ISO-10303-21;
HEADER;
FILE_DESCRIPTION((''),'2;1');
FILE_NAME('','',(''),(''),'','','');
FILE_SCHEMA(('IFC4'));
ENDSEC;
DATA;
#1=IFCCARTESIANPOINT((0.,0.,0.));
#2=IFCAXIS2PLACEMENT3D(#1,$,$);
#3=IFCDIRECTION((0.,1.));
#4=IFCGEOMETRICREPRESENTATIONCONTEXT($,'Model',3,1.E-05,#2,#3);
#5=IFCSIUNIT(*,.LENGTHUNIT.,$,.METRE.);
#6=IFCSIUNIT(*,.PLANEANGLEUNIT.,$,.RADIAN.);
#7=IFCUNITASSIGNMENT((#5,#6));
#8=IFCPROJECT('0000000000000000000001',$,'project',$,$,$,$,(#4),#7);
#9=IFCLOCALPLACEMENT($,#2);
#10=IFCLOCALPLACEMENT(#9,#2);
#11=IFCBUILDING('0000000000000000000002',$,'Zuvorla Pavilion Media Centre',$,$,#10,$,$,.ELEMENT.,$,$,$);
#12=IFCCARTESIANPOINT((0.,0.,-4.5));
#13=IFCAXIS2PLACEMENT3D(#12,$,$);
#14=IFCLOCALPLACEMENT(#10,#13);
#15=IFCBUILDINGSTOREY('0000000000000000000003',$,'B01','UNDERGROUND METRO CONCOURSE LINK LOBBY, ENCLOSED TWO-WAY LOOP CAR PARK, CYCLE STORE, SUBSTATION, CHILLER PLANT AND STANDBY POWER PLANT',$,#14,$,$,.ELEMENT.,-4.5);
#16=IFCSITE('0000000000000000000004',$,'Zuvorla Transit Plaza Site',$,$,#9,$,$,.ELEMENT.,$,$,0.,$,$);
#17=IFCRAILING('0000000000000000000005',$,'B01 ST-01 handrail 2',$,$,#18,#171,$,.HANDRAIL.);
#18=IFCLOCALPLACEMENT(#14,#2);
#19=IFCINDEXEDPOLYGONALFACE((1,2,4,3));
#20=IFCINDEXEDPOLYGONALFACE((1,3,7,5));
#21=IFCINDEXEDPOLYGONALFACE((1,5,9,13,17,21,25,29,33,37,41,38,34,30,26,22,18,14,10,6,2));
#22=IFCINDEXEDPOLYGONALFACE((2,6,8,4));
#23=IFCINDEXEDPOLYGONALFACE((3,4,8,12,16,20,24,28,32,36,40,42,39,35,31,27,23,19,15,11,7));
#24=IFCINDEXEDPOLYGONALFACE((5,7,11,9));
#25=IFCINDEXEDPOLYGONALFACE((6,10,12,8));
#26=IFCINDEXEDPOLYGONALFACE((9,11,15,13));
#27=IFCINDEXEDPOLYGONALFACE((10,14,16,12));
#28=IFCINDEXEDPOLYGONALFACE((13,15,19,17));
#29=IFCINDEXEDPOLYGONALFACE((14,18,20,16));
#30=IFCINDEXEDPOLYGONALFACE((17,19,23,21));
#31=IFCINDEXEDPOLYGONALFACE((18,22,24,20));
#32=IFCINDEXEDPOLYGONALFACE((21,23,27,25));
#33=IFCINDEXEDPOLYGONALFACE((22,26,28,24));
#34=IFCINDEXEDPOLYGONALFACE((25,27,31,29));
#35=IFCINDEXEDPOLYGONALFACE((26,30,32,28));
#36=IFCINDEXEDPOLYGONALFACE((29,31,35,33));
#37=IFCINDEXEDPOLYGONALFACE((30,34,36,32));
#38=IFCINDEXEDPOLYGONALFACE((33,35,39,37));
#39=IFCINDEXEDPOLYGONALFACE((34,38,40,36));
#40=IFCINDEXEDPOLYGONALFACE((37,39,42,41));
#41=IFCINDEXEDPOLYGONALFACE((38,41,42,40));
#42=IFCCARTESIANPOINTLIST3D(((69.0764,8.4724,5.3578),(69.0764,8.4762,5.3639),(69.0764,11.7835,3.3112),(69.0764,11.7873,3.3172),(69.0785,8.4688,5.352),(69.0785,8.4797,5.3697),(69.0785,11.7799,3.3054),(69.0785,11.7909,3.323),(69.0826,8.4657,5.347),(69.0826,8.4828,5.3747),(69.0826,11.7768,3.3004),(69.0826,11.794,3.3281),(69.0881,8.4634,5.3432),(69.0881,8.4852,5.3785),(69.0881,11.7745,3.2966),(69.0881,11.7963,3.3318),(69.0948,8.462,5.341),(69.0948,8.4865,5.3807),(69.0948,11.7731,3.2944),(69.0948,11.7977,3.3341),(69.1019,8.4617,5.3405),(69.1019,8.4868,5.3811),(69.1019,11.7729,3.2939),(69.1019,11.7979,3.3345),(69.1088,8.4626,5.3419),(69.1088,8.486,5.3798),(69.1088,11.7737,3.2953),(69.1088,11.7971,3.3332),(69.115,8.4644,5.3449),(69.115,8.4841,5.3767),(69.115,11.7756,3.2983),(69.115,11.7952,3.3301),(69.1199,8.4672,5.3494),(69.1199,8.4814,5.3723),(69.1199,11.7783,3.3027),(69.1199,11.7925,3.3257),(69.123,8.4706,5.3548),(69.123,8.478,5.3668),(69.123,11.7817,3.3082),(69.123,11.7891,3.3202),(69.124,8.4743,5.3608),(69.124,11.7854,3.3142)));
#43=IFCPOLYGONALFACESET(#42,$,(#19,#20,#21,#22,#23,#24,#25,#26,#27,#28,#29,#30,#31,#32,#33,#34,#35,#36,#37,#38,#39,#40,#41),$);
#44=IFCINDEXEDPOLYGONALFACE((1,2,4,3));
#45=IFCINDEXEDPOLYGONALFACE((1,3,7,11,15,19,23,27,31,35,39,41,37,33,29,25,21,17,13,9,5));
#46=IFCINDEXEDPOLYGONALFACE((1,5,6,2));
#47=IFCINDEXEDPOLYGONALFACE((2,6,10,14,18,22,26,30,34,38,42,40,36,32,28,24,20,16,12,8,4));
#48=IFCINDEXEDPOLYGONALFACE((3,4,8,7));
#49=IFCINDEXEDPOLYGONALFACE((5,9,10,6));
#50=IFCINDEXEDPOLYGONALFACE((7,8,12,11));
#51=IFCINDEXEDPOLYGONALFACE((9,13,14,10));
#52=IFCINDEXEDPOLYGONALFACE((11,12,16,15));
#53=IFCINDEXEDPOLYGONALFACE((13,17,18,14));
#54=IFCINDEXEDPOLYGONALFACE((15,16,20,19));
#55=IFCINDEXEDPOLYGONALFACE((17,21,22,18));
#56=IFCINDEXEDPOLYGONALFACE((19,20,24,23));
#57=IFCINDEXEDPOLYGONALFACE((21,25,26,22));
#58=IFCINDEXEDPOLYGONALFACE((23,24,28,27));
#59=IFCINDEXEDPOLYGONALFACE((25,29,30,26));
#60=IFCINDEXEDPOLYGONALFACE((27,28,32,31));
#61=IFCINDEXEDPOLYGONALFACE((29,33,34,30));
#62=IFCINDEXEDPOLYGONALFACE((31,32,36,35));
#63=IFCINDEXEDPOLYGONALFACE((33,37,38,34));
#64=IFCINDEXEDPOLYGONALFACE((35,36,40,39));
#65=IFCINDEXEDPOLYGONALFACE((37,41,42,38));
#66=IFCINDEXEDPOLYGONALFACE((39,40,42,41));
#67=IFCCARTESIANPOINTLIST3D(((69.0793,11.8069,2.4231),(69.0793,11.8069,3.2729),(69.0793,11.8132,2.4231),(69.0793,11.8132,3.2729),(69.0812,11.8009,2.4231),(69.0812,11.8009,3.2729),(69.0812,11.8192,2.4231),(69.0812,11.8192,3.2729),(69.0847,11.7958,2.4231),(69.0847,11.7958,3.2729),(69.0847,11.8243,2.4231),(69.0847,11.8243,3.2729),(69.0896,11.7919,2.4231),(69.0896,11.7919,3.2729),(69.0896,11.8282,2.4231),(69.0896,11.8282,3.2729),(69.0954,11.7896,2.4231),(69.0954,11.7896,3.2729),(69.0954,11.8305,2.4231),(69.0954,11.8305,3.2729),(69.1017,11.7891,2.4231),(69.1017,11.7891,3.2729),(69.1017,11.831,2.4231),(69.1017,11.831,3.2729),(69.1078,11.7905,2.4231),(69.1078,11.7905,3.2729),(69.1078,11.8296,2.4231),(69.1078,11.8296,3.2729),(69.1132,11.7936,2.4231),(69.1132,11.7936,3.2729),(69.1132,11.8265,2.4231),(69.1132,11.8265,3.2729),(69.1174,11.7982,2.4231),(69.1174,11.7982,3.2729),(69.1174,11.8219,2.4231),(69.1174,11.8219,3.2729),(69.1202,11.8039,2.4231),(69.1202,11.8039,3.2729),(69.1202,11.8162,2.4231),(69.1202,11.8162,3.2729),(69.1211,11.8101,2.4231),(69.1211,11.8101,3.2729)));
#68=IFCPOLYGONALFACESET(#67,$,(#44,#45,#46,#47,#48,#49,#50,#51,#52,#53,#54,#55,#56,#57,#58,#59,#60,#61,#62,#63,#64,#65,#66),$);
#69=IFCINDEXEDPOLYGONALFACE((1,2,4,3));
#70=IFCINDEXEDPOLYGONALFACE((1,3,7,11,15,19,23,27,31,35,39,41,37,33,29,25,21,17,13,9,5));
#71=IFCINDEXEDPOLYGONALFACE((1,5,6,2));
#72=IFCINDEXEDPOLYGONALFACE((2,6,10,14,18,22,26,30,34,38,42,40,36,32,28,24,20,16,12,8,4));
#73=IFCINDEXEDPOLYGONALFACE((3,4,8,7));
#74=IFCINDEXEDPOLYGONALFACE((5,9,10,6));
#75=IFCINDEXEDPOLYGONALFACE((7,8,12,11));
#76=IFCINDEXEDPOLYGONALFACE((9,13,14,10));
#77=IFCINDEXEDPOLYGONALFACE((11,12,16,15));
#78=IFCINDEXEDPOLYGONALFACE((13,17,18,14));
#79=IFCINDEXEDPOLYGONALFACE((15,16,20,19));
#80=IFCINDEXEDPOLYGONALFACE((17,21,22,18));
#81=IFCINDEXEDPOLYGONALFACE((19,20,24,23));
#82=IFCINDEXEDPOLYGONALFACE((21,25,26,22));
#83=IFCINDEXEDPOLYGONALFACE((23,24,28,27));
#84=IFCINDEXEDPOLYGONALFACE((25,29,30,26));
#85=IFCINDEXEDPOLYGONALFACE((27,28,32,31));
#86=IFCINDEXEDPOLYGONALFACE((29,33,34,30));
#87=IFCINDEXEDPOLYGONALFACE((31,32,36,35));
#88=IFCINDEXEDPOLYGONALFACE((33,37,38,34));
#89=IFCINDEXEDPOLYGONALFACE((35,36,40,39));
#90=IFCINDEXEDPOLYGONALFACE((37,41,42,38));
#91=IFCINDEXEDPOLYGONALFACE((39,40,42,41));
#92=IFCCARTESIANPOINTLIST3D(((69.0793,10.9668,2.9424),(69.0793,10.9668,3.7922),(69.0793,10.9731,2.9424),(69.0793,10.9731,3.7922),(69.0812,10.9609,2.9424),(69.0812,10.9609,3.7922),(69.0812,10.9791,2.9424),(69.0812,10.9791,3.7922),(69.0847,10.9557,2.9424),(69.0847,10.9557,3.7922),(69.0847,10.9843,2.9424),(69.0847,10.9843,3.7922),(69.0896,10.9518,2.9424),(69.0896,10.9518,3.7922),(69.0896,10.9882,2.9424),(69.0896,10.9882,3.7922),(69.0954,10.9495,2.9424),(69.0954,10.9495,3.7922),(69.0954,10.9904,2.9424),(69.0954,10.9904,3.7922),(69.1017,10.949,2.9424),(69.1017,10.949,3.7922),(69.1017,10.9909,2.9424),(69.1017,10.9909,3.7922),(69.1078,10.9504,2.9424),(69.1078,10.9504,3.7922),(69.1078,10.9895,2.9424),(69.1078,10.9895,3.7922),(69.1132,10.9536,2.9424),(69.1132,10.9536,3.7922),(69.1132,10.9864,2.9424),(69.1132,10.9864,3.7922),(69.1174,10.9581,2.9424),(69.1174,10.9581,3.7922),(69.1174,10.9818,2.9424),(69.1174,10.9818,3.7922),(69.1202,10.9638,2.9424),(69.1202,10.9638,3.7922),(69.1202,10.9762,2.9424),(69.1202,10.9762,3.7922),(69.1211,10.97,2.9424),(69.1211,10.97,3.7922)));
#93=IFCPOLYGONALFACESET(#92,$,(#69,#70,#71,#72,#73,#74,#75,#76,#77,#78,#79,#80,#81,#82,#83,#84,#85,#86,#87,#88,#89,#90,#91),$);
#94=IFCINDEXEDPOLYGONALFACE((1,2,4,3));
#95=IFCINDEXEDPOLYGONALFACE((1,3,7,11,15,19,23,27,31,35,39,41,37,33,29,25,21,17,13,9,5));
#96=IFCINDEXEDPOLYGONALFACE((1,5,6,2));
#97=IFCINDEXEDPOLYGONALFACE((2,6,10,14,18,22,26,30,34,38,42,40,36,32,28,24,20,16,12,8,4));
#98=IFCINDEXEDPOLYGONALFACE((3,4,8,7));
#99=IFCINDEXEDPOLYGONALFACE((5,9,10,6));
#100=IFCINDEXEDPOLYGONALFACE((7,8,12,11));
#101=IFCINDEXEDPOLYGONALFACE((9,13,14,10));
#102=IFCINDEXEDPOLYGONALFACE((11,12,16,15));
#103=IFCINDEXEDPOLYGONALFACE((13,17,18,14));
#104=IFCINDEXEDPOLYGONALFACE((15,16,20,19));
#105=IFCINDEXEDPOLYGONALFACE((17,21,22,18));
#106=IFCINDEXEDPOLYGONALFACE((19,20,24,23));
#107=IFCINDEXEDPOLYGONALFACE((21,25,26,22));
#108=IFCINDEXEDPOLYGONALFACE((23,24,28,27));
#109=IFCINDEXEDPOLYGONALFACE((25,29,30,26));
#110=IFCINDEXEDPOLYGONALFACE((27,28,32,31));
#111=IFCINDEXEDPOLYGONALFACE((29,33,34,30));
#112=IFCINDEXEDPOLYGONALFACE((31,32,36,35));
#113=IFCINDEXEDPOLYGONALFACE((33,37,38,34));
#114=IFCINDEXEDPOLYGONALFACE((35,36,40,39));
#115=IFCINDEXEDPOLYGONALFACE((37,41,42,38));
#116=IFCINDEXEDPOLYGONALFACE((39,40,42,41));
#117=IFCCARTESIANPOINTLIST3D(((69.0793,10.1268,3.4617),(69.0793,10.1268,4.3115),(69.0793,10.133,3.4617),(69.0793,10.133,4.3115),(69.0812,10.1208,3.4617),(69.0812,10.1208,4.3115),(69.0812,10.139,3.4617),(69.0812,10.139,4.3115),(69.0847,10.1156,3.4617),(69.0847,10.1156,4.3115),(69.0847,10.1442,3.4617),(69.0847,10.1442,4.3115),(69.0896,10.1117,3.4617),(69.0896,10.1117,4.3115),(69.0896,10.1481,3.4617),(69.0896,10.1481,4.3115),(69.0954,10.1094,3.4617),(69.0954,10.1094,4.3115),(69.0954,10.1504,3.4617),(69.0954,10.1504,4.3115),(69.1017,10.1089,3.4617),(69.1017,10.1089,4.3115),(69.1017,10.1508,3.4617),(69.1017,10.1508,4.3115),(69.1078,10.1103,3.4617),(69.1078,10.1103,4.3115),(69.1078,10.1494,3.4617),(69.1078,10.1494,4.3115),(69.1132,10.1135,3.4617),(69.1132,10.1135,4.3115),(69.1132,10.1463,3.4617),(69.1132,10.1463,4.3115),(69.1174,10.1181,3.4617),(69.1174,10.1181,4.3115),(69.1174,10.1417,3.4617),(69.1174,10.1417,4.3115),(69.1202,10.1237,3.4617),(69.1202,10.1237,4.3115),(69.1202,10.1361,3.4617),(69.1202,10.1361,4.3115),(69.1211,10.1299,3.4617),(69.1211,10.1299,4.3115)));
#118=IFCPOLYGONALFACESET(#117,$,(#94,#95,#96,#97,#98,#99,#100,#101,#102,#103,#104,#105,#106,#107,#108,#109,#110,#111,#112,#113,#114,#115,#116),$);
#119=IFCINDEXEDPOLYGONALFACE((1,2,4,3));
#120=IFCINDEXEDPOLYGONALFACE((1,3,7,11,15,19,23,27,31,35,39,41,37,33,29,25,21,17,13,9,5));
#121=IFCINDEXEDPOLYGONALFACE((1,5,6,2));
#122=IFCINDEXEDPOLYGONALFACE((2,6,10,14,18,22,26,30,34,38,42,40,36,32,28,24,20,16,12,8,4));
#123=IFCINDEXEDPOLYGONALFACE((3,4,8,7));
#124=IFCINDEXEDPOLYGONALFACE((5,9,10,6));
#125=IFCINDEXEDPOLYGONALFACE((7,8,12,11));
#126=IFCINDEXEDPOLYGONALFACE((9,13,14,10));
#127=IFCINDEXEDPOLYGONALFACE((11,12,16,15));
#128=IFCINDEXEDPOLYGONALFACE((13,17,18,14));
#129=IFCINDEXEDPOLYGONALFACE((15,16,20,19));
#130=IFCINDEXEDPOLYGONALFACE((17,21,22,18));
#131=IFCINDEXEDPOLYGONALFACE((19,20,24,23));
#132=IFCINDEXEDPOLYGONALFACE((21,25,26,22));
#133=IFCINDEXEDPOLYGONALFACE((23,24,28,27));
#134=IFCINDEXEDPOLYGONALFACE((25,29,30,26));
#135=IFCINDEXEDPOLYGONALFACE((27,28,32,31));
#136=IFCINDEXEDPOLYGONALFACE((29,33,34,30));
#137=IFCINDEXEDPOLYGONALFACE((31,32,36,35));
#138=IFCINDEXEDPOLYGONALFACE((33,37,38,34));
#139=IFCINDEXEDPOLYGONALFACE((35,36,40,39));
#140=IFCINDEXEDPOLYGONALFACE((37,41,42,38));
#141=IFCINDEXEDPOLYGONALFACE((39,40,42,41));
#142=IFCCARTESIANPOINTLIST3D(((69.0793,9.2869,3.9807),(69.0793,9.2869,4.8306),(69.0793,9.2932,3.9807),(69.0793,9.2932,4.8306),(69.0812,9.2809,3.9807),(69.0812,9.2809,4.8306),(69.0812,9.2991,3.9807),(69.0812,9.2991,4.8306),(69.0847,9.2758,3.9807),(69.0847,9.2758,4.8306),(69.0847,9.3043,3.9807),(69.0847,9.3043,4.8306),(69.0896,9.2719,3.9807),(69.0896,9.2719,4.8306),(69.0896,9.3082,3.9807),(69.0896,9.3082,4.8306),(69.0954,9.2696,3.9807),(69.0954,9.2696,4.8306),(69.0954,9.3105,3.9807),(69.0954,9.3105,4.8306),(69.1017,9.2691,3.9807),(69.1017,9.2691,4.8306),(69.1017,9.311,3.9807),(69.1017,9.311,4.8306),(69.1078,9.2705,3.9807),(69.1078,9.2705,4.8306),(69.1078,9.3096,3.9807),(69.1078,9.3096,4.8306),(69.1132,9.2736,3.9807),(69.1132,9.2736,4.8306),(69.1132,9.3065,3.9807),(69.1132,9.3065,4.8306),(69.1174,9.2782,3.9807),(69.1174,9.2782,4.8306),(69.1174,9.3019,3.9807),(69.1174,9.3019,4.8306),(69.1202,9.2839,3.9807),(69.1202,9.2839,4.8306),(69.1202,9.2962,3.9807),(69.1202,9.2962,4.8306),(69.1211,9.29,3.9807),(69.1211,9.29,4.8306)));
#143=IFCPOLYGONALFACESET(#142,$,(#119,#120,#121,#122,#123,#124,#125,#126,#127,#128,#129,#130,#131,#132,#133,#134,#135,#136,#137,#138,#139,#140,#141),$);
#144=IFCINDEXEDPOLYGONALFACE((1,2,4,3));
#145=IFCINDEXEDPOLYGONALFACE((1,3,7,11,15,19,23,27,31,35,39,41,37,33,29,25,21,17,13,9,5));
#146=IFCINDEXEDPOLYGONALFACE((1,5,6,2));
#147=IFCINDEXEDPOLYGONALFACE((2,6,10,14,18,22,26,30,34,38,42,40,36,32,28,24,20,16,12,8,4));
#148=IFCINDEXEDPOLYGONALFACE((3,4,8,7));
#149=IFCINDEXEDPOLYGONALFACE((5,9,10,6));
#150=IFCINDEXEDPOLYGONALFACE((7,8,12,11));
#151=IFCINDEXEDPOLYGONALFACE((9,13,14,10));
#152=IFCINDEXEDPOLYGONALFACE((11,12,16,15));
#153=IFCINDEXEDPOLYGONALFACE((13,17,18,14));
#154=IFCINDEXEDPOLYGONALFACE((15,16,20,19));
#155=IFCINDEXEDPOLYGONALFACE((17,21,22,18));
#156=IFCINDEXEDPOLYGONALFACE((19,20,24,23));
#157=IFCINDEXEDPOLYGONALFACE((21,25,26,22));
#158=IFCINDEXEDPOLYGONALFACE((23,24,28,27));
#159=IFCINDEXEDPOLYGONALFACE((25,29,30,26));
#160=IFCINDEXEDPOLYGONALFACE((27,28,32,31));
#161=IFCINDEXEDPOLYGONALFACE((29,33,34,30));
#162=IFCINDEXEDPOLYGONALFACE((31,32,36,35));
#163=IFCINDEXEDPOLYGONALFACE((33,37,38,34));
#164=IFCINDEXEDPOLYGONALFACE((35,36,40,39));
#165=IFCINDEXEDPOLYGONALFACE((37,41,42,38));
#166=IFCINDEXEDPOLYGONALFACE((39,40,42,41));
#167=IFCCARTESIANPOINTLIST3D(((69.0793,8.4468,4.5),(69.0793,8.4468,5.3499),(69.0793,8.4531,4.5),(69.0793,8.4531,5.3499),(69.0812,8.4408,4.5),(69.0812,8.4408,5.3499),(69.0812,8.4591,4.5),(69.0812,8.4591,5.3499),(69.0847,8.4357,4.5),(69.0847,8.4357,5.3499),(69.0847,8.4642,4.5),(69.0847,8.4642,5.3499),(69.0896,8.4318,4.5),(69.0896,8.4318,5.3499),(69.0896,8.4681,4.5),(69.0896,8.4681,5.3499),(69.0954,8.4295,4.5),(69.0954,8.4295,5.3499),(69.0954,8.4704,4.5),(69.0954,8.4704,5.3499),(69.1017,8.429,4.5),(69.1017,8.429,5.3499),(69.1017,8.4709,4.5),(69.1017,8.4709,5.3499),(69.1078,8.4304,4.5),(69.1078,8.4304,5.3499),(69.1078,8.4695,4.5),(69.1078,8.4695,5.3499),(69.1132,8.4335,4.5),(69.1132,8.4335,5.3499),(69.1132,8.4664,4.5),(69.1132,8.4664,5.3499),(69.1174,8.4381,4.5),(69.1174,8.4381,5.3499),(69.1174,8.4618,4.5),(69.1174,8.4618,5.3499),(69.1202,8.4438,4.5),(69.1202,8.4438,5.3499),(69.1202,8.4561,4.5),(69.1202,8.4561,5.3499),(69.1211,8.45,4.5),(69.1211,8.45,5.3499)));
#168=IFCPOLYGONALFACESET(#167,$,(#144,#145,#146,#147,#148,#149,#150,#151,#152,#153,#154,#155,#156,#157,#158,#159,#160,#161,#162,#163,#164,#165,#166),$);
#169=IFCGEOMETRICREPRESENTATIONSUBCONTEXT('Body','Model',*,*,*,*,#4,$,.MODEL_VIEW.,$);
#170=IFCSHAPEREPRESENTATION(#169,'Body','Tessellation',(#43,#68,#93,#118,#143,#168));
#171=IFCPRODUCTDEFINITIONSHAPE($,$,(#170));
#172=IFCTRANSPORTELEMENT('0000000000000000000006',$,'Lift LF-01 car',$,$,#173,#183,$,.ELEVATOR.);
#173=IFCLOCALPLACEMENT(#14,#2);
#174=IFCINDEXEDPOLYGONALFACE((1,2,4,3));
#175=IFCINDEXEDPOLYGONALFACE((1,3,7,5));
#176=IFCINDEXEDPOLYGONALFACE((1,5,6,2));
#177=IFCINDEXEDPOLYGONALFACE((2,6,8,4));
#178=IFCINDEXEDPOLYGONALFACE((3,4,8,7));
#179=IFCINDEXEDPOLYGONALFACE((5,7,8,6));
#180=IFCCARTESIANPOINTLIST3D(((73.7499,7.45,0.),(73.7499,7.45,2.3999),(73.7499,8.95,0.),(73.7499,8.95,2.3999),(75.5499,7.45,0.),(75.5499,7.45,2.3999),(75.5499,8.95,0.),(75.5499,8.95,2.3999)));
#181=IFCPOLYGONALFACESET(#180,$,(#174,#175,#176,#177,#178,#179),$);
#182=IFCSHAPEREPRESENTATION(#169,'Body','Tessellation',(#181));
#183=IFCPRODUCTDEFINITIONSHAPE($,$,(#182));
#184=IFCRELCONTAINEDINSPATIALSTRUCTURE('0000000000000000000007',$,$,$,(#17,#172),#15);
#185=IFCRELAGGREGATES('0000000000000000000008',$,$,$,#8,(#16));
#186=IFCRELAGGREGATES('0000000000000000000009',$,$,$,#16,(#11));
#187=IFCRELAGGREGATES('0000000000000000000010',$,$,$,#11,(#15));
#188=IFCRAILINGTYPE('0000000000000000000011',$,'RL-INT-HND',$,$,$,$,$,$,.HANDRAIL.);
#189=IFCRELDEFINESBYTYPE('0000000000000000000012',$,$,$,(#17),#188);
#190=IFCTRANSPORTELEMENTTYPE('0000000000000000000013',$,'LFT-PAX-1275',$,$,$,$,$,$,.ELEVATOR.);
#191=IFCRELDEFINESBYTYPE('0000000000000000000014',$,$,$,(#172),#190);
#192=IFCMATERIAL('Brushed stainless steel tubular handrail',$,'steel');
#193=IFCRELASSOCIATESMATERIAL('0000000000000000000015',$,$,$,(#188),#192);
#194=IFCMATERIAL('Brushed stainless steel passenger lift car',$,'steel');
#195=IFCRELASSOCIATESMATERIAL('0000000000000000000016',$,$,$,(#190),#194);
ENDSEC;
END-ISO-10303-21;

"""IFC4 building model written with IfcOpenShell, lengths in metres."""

from ifc_helpers import new_model, si_unit, direction, frame, origin, origin_2d, place, context, subcontext, project, spatial, rectangle, circle, extrude, material, type_object, element, save


model = new_model("IFC4")

# Units and contexts
model_context = context("Model", 3, precision=1e-05, world=origin(), true_north=direction((0.0, 1.0)))
body_context = subcontext(model_context, "Body", "Model", "MODEL_VIEW")
ifc_project = project(units=[si_unit("LENGTHUNIT", "METRE"), si_unit("PLANEANGLEUNIT", "RADIAN")], contexts=[model_context])

# Site, building, storey
site_placement = place(None, origin())
site = spatial("IfcSite", under=ifc_project, at=site_placement, Name="Zuvorla Transit Plaza Site", CompositionType="ELEMENT", RefElevation=0.0)
building_placement = place(site_placement, origin())
building = spatial("IfcBuilding", under=site, at=building_placement, Name="Zuvorla Pavilion Media Centre", CompositionType="ELEMENT")
storey_placement = place(building_placement, frame((0.0, 0.0, -4.5)))
storey = spatial("IfcBuildingStorey", under=building, at=storey_placement, Name="B01", Description="UNDERGROUND METRO CONCOURSE LINK LOBBY, ENCLOSED TWO-WAY LOOP CAR PARK, CYCLE STORE, SUBSTATION, CHILLER PLANT AND STANDBY POWER PLANT", CompositionType="ELEMENT", Elevation=-4.5)

# Railing
ifc_material_1 = material(Name="Brushed stainless steel tubular handrail", Category="steel")
railing_type_1 = type_object("IfcRailingType", Name="RL-INT-HND", PredefinedType="HANDRAIL", material=ifc_material_1)
railing_1_placement = place(storey_placement, frame((69.1001, 11.8101, 2.4231)))
element("IfcRailing", 1, at=railing_1_placement, inside=storey, type_object=railing_type_1, Name="B01 ST-01 handrail 2", PredefinedType="HANDRAIL", context=body_context, shape_type="SweptSolid", body=[
    extrude(circle(Radius=0.0239, at=origin_2d()), frame((0.0, -0.0247, 0.8911), z_axis=(0.0, -0.850623, 0.525776), x_axis=(1.0, 0.0, 0.0)), (0.0, 0.0, 1.0), 3.8926),
    extrude(circle(Radius=0.021, at=origin_2d()), origin(), (0.0, 0.0, 1.0), 0.8499),
    extrude(circle(Radius=0.021, at=origin_2d()), frame((0.0, -0.8401, 0.5193)), (0.0, 0.0, 1.0), 0.8499),
    extrude(circle(Radius=0.021, at=origin_2d()), frame((0.0, -1.6802, 1.0386)), (0.0, 0.0, 1.0), 0.8499),
    extrude(circle(Radius=0.021, at=origin_2d()), frame((0.0, -2.52, 1.5576)), (0.0, 0.0, 1.0), 0.8499),
    extrude(circle(Radius=0.021, at=origin_2d()), frame((0.0, -3.3601, 2.0769)), (0.0, 0.0, 1.0), 0.8499),
])

# Transport element
ifc_material_2 = material(Name="Brushed stainless steel passenger lift car", Category="steel")
transport_element_type = type_object("IfcTransportElementType", Name="LFT-PAX-1275", PredefinedType="ELEVATOR", material=ifc_material_2)
transport_element_placement = place(storey_placement, frame((74.6499, 8.2, 0.0), z_axis=(0.0, 0.0, 1.0), x_axis=(1.0, 0.0, 0.0)))
element("IfcTransportElement", 2, at=transport_element_placement, inside=storey, type_object=transport_element_type, Name="Lift LF-01 car", PredefinedType="ELEVATOR", context=body_context, shape_type="SweptSolid", body=[
    extrude(rectangle(XDim=1.8, YDim=1.5, at=origin_2d()), origin(), (0.0, 0.0, 1.0), 2.3999),
])

save(model, "model.ifc")
